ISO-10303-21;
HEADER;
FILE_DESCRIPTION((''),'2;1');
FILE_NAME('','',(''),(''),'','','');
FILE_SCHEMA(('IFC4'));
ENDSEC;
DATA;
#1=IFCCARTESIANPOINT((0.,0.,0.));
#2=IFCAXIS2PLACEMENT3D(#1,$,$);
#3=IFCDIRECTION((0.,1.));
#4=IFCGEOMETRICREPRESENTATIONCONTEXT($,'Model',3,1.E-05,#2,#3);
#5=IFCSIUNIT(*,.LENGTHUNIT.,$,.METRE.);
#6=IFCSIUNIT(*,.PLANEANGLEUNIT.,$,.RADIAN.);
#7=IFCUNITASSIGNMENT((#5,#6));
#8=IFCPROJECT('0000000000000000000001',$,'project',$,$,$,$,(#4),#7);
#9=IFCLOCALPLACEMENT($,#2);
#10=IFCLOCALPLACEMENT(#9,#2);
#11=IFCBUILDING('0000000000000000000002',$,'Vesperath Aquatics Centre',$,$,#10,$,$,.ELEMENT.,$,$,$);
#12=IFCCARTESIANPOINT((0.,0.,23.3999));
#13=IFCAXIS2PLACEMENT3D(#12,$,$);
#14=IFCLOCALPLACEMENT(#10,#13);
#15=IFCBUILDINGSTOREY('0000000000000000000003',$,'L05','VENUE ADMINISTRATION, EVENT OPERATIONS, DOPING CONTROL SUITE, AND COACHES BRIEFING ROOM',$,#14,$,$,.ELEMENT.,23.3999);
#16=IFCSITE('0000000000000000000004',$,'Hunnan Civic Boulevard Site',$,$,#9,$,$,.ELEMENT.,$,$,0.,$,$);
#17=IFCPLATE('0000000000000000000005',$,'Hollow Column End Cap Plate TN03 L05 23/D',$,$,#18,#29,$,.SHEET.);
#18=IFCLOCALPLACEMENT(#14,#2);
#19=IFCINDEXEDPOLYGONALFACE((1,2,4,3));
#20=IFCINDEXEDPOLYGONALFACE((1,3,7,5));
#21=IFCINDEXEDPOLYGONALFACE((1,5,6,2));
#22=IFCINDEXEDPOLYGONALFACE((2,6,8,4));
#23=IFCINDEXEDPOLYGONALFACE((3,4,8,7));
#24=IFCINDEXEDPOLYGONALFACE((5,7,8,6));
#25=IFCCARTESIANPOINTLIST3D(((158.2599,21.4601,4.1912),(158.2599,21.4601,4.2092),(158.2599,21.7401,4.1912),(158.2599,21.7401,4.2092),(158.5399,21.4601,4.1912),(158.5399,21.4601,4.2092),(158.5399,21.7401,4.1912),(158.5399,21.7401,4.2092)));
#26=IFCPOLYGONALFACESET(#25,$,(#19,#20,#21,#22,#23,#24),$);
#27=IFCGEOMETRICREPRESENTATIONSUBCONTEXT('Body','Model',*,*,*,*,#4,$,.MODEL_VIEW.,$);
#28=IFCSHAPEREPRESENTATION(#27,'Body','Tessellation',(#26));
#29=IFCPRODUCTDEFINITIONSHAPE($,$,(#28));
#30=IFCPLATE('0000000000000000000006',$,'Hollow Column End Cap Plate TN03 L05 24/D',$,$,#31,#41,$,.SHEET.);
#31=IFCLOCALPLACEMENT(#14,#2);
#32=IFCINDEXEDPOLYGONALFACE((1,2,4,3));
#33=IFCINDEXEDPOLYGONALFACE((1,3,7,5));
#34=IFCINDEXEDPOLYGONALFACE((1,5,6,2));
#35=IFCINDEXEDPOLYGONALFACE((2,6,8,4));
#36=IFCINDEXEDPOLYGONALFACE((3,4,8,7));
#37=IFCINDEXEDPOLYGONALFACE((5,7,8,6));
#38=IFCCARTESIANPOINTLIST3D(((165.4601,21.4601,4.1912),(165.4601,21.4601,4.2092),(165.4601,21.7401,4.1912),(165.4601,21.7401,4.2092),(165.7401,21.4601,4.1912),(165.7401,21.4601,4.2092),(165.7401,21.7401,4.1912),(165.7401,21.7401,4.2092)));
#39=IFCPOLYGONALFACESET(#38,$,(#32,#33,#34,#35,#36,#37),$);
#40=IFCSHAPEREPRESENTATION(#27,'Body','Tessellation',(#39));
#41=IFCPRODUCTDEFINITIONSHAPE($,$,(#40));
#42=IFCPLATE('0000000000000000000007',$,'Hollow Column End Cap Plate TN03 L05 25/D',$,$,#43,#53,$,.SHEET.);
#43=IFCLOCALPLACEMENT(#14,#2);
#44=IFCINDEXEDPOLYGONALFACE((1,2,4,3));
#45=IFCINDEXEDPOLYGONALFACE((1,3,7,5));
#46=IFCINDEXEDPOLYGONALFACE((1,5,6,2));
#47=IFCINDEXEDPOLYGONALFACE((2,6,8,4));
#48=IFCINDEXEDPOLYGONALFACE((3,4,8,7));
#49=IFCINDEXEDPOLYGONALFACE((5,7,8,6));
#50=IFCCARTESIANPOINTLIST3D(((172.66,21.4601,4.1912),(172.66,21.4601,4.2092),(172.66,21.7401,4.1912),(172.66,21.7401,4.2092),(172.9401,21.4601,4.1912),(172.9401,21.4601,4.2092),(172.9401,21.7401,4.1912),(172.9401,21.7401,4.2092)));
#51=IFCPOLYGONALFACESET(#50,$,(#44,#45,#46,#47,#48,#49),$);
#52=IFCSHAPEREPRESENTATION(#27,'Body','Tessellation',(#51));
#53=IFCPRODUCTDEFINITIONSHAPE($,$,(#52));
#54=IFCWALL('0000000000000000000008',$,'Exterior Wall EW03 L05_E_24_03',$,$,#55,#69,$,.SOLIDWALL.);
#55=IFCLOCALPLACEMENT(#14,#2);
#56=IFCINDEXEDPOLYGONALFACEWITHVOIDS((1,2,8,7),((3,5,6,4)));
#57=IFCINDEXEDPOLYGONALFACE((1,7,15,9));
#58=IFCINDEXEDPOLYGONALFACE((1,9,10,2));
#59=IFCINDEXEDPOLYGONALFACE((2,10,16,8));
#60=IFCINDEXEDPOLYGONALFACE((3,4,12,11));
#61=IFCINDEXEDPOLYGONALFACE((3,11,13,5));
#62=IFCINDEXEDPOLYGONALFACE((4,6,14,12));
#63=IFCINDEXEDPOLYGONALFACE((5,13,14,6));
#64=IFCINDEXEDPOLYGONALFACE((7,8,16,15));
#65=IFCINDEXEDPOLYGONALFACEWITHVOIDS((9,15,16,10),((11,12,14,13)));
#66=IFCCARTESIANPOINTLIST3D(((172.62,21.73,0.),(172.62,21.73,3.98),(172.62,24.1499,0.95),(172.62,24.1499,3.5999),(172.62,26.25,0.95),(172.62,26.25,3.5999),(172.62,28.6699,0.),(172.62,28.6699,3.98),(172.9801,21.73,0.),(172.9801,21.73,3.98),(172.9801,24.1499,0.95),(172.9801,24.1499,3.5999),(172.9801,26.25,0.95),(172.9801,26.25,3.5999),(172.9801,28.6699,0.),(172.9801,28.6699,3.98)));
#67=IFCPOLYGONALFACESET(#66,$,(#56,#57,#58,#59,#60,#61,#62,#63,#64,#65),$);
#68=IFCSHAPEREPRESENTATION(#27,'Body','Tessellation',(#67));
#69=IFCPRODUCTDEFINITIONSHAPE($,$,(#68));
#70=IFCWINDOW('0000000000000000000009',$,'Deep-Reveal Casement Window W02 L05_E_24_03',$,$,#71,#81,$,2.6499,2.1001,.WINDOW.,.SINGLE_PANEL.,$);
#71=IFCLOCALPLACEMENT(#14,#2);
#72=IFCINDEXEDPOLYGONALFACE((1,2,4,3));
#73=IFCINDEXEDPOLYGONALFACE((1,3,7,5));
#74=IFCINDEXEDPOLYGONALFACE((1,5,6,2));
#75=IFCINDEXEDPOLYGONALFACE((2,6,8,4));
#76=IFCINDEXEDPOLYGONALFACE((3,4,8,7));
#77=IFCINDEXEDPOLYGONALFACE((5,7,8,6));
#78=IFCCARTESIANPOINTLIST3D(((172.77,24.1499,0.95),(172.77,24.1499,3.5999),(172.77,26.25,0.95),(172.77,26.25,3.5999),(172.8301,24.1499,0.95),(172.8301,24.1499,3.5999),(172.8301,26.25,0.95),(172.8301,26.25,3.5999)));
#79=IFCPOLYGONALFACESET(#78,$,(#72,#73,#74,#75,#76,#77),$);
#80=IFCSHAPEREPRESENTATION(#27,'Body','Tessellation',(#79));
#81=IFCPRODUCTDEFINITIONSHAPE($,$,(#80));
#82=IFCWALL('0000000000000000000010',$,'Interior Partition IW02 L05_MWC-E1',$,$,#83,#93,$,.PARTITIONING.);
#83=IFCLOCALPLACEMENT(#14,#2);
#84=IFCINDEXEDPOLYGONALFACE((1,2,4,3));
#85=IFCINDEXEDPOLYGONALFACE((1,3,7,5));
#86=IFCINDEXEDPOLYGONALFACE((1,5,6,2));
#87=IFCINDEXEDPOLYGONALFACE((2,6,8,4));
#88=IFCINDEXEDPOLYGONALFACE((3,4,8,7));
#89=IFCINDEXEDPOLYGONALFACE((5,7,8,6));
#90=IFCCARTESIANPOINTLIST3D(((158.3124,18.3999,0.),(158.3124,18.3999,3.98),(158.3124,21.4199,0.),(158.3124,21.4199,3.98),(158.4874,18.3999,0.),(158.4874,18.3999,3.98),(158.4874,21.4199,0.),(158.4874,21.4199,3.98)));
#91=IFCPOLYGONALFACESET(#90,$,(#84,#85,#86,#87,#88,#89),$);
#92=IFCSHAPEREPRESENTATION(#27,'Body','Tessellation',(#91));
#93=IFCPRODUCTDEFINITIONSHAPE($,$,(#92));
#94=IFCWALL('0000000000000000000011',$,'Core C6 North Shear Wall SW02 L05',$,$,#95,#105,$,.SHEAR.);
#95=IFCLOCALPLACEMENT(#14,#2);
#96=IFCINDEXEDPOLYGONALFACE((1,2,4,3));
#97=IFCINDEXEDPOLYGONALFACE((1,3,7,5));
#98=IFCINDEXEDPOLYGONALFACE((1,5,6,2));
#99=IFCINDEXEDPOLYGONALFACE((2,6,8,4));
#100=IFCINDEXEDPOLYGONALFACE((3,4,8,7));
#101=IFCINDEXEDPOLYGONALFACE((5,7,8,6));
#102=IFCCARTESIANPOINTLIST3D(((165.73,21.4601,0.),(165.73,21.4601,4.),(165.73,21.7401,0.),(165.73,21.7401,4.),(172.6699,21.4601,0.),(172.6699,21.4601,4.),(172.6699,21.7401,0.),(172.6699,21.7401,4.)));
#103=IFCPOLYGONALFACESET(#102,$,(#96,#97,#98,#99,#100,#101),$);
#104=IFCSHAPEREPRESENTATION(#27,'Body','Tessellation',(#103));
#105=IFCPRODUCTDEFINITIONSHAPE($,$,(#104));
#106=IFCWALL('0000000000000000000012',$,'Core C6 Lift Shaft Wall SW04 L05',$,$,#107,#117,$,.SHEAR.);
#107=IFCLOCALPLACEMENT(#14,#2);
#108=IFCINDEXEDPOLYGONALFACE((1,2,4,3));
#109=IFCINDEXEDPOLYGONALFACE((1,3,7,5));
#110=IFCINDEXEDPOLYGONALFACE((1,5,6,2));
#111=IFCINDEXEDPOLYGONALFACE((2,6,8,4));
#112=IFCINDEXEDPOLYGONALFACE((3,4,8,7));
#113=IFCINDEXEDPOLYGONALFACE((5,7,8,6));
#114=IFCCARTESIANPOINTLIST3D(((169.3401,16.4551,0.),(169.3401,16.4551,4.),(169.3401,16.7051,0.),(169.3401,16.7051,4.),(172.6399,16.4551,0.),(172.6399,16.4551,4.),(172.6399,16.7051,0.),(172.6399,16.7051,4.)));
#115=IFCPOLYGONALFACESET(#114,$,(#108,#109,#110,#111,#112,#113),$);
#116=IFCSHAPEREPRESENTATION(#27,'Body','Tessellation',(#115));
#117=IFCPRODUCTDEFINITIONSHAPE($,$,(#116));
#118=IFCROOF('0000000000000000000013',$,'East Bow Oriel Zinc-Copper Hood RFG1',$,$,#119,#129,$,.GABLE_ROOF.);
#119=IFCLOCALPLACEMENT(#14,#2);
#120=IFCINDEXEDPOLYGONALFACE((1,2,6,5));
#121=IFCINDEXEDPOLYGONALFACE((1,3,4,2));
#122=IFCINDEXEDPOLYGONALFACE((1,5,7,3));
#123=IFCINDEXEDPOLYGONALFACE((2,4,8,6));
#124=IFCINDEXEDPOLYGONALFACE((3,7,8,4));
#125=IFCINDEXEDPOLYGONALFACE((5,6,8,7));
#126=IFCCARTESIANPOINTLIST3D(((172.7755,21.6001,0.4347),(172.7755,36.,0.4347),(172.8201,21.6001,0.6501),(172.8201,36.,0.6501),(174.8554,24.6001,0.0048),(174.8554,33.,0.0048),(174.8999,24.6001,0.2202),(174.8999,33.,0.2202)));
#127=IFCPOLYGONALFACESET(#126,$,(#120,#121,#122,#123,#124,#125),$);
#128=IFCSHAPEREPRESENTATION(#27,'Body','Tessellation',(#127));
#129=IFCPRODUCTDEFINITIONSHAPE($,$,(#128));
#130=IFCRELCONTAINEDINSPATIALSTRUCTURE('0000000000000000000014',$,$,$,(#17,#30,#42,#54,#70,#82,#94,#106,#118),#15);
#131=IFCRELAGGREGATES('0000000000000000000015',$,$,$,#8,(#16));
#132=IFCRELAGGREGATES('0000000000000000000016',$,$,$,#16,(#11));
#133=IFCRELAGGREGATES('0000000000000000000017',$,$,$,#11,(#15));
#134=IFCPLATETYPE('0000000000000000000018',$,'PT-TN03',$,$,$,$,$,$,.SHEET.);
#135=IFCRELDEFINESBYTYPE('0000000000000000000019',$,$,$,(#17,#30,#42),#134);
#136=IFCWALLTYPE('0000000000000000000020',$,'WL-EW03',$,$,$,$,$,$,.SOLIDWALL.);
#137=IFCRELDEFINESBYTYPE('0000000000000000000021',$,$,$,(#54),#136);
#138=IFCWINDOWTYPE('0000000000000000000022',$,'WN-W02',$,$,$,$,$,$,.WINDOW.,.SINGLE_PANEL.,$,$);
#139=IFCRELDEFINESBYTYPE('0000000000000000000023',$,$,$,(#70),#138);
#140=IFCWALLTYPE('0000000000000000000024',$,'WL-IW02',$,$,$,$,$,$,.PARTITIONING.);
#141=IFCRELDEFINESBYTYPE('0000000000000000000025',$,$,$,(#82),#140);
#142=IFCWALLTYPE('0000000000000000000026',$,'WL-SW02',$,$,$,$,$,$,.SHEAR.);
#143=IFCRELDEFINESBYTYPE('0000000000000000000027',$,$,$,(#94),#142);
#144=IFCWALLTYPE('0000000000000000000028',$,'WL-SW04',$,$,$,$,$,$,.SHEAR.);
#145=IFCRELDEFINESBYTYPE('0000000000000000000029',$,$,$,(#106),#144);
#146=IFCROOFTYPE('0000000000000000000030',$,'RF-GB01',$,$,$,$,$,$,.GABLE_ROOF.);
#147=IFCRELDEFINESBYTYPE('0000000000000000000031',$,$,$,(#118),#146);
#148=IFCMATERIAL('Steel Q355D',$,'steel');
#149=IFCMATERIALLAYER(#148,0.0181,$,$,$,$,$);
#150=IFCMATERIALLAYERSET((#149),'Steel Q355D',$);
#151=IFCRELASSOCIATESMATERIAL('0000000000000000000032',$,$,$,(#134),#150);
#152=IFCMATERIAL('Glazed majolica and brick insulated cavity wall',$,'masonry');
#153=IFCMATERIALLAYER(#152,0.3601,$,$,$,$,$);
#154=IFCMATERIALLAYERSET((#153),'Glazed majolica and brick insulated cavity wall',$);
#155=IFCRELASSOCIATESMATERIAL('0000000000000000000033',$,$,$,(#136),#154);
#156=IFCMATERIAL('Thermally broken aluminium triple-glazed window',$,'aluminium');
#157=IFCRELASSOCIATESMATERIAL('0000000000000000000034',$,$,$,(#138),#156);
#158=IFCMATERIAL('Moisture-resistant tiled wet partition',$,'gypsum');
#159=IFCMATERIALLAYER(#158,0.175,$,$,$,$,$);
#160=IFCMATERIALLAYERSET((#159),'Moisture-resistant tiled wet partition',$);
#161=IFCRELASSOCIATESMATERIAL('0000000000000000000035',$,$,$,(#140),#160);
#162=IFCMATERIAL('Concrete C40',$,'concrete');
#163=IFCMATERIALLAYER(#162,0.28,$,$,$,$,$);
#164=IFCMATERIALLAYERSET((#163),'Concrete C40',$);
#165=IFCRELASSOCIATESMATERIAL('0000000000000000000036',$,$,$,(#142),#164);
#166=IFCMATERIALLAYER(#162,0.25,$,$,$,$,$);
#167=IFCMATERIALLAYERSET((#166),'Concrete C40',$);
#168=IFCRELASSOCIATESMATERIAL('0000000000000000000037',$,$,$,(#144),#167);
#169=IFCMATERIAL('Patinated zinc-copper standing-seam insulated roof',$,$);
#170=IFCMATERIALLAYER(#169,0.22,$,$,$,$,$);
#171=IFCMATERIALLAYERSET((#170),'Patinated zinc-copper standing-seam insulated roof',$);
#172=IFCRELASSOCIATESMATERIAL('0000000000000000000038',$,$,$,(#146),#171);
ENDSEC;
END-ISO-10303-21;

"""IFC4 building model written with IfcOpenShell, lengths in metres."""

from ifc_helpers import new_model, si_unit, direction, frame, frame_2d, origin, origin_2d, place, context, subcontext, project, spatial, polyline, rectangle, outline, extrude, material, layer, layer_set, type_object, element, fill, save


model = new_model("IFC4")

# Units and contexts
model_context = context("Model", 3, precision=1e-05, world=origin(), true_north=direction((0.0, 1.0)))
body_context = subcontext(model_context, "Body", "Model", "MODEL_VIEW")
ifc_project = project(units=[si_unit("LENGTHUNIT", "METRE"), si_unit("PLANEANGLEUNIT", "RADIAN")], contexts=[model_context])

# Site, building, storey
site_placement = place(None, origin())
site = spatial("IfcSite", under=ifc_project, at=site_placement, Name="Hunnan Civic Boulevard Site", CompositionType="ELEMENT", RefElevation=0.0)
building_placement = place(site_placement, origin())
building = spatial("IfcBuilding", under=site, at=building_placement, Name="Vesperath Aquatics Centre", CompositionType="ELEMENT")
storey_placement = place(building_placement, frame((0.0, 0.0, 23.3999)))
storey = spatial("IfcBuildingStorey", under=building, at=storey_placement, Name="L05", Description="VENUE ADMINISTRATION, EVENT OPERATIONS, DOPING CONTROL SUITE, AND COACHES BRIEFING ROOM", CompositionType="ELEMENT", Elevation=23.3999)

# Plates
ifc_material_1 = material(Name="Steel Q355D", Category="steel")
ifc_layer_1 = layer(ifc_material_1, 0.0181)
ifc_layer_set_1 = layer_set([ifc_layer_1], Name="Steel Q355D")
plate_type = type_object("IfcPlateType", Name="PT-TN03", PredefinedType="SHEET", material=ifc_layer_set_1)
for number, where, z_axis, x_axis, name in (
    (1, (158.3999, 21.6001, 4.1912), (0.0, 0.0, 1.0), (1.0, 0.0, 0.0), "Hollow Column End Cap Plate TN03 L05 23/D"),
    (2, (165.6001, 21.6001, 4.1912), (0.0, 0.0, 1.0), (1.0, 0.0, 0.0), "Hollow Column End Cap Plate TN03 L05 24/D"),
    (3, (172.8, 21.6001, 4.1912), (0.0, 0.0, 1.0), (1.0, 0.0, 0.0), "Hollow Column End Cap Plate TN03 L05 25/D"),
):
    element("IfcPlate", number, at=place(storey_placement, frame(where, z_axis=z_axis, x_axis=x_axis)), inside=storey, type_object=plate_type, Name=name, PredefinedType="SHEET", context=body_context, shape_type="SweptSolid", body=[
        extrude(rectangle(XDim=0.28, YDim=0.28, at=origin_2d()), origin(), (0.0, 0.0, 1.0), 0.0181),
    ])

# Wall, opening, window
ifc_material_2 = material(Name="Glazed majolica and brick insulated cavity wall", Category="masonry")
ifc_layer_2 = layer(ifc_material_2, 0.3601)
ifc_layer_set_2 = layer_set([ifc_layer_2], Name="Glazed majolica and brick insulated cavity wall")
wall_type_1 = type_object("IfcWallType", Name="WL-EW03", PredefinedType="SOLIDWALL", material=ifc_layer_set_2)
wall_1_placement = place(storey_placement, frame((172.8, 21.73, 0.0), z_axis=(0.0, 0.0, 1.0), x_axis=(0.0, 1.0, 0.0)))
wall_1 = element("IfcWall", 4, at=wall_1_placement, inside=storey, type_object=wall_type_1, Name="Exterior Wall EW03 L05_E_24_03", PredefinedType="SOLIDWALL", context=body_context, shape_type="SweptSolid", body=[
    extrude(rectangle(XDim=6.9399, YDim=0.3601, at=frame_2d((3.47, 0.0))), origin(), (0.0, 0.0, 1.0), 3.98),
])
opening_placement = place(wall_1_placement, frame((2.4199, 0.0, 0.95)))
opening = element("IfcOpeningElement", 5, at=opening_placement, cuts=wall_1, PredefinedType="OPENING", context=body_context, shape_type="SweptSolid", body=[
    extrude(rectangle(XDim=2.1001, YDim=2.6499, at=frame_2d((1.05, 1.325))), frame((0.0, 0.1948, 0.0), z_axis=(0.0, -1.0, 0.0), x_axis=(1.0, 0.0, 0.0)), (0.0, 0.0, 1.0), 0.3899),
])
ifc_material_3 = material(Name="Thermally broken aluminium triple-glazed window", Category="aluminium")
window_type = type_object("IfcWindowType", Name="WN-W02", PartitioningType="SINGLE_PANEL", PredefinedType="WINDOW", material=ifc_material_3)
window_placement = place(opening_placement, origin())
window = element("IfcWindow", 6, at=window_placement, inside=storey, type_object=window_type, Name="Deep-Reveal Casement Window W02 L05_E_24_03", OverallHeight=2.6499, OverallWidth=2.1001, PartitioningType="SINGLE_PANEL", PredefinedType="WINDOW", context=body_context, shape_type="SweptSolid", body=[
    extrude(rectangle(XDim=2.1001, YDim=2.6499, at=frame_2d((1.05, 1.325))), frame((0.0, 0.03, 0.0), z_axis=(0.0, -1.0, 0.0), x_axis=(1.0, 0.0, 0.0)), (0.0, 0.0, 1.0), 0.0601),
])
fill(opening, window)

# Walls
ifc_material_4 = material(Name="Moisture-resistant tiled wet partition", Category="gypsum")
ifc_layer_3 = layer(ifc_material_4, 0.175)
ifc_layer_set_3 = layer_set([ifc_layer_3], Name="Moisture-resistant tiled wet partition")
wall_type_2 = type_object("IfcWallType", Name="WL-IW02", PredefinedType="PARTITIONING", material=ifc_layer_set_3)
wall_2_placement = place(storey_placement, frame((158.3999, 18.3999, 0.0), z_axis=(0.0, 0.0, 1.0), x_axis=(0.0, 1.0, 0.0)))
element("IfcWall", 7, at=wall_2_placement, inside=storey, type_object=wall_type_2, Name="Interior Partition IW02 L05_MWC-E1", PredefinedType="PARTITIONING", context=body_context, shape_type="SweptSolid", body=[
    extrude(rectangle(XDim=3.02, YDim=0.175, at=frame_2d((1.51, 0.0))), origin(), (0.0, 0.0, 1.0), 3.98),
])
ifc_material_5 = material(Name="Concrete C40", Category="concrete")
ifc_layer_4 = layer(ifc_material_5, 0.28)
ifc_layer_set_4 = layer_set([ifc_layer_4], Name="Concrete C40")
wall_type_3 = type_object("IfcWallType", Name="WL-SW02", PredefinedType="SHEAR", material=ifc_layer_set_4)
wall_3_placement = place(storey_placement, frame((165.73, 21.6001, 0.0), z_axis=(0.0, 0.0, 1.0), x_axis=(1.0, 0.0, 0.0)))
element("IfcWall", 8, at=wall_3_placement, inside=storey, type_object=wall_type_3, Name="Core C6 North Shear Wall SW02 L05", PredefinedType="SHEAR", context=body_context, shape_type="SweptSolid", body=[
    extrude(rectangle(XDim=6.9399, YDim=0.28, at=frame_2d((3.47, 0.0))), origin(), (0.0, 0.0, 1.0), 4.0),
])
ifc_layer_5 = layer(ifc_material_5, 0.25)
ifc_layer_set_5 = layer_set([ifc_layer_5], Name="Concrete C40")
wall_type_4 = type_object("IfcWallType", Name="WL-SW04", PredefinedType="SHEAR", material=ifc_layer_set_5)
wall_4_placement = place(storey_placement, frame((169.3401, 16.5801, 0.0), z_axis=(0.0, 0.0, 1.0), x_axis=(1.0, 0.0, 0.0)))
element("IfcWall", 9, at=wall_4_placement, inside=storey, type_object=wall_type_4, Name="Core C6 Lift Shaft Wall SW04 L05", PredefinedType="SHEAR", context=body_context, shape_type="SweptSolid", body=[
    extrude(rectangle(XDim=3.2998, YDim=0.25, at=frame_2d((1.6499, 0.0))), origin(), (0.0, 0.0, 1.0), 4.0),
])

# Roof
ifc_material_6 = material(Name="Patinated zinc-copper standing-seam insulated roof")
ifc_layer_6 = layer(ifc_material_6, 0.22)
ifc_layer_set_6 = layer_set([ifc_layer_6], Name="Patinated zinc-copper standing-seam insulated roof")
roof_type = type_object("IfcRoofType", Name="RF-GB01", PredefinedType="GABLE_ROOF", material=ifc_layer_set_6)
roof_placement = place(storey_placement, frame((172.8201, 21.6001, 0.6501), z_axis=(0.202435, 0.0, 0.979296), x_axis=(0.565838, 0.816178, -0.116967)))
element("IfcRoof", 10, at=roof_placement, inside=storey, type_object=roof_type, Name="East Bow Oriel Zinc-Copper Hood RFG1", PredefinedType="GABLE_ROOF", context=body_context, shape_type="SweptSolid", body=[
    extrude(outline(polyline([(0.0, 0.0), (3.6757, 0.0), (10.5315, 4.8535), (11.7529, 8.3203), (0.0, 0.0)])), origin(), (0.0, 0.0, -1.0), 0.22),
])

save(model, "model.ifc")
